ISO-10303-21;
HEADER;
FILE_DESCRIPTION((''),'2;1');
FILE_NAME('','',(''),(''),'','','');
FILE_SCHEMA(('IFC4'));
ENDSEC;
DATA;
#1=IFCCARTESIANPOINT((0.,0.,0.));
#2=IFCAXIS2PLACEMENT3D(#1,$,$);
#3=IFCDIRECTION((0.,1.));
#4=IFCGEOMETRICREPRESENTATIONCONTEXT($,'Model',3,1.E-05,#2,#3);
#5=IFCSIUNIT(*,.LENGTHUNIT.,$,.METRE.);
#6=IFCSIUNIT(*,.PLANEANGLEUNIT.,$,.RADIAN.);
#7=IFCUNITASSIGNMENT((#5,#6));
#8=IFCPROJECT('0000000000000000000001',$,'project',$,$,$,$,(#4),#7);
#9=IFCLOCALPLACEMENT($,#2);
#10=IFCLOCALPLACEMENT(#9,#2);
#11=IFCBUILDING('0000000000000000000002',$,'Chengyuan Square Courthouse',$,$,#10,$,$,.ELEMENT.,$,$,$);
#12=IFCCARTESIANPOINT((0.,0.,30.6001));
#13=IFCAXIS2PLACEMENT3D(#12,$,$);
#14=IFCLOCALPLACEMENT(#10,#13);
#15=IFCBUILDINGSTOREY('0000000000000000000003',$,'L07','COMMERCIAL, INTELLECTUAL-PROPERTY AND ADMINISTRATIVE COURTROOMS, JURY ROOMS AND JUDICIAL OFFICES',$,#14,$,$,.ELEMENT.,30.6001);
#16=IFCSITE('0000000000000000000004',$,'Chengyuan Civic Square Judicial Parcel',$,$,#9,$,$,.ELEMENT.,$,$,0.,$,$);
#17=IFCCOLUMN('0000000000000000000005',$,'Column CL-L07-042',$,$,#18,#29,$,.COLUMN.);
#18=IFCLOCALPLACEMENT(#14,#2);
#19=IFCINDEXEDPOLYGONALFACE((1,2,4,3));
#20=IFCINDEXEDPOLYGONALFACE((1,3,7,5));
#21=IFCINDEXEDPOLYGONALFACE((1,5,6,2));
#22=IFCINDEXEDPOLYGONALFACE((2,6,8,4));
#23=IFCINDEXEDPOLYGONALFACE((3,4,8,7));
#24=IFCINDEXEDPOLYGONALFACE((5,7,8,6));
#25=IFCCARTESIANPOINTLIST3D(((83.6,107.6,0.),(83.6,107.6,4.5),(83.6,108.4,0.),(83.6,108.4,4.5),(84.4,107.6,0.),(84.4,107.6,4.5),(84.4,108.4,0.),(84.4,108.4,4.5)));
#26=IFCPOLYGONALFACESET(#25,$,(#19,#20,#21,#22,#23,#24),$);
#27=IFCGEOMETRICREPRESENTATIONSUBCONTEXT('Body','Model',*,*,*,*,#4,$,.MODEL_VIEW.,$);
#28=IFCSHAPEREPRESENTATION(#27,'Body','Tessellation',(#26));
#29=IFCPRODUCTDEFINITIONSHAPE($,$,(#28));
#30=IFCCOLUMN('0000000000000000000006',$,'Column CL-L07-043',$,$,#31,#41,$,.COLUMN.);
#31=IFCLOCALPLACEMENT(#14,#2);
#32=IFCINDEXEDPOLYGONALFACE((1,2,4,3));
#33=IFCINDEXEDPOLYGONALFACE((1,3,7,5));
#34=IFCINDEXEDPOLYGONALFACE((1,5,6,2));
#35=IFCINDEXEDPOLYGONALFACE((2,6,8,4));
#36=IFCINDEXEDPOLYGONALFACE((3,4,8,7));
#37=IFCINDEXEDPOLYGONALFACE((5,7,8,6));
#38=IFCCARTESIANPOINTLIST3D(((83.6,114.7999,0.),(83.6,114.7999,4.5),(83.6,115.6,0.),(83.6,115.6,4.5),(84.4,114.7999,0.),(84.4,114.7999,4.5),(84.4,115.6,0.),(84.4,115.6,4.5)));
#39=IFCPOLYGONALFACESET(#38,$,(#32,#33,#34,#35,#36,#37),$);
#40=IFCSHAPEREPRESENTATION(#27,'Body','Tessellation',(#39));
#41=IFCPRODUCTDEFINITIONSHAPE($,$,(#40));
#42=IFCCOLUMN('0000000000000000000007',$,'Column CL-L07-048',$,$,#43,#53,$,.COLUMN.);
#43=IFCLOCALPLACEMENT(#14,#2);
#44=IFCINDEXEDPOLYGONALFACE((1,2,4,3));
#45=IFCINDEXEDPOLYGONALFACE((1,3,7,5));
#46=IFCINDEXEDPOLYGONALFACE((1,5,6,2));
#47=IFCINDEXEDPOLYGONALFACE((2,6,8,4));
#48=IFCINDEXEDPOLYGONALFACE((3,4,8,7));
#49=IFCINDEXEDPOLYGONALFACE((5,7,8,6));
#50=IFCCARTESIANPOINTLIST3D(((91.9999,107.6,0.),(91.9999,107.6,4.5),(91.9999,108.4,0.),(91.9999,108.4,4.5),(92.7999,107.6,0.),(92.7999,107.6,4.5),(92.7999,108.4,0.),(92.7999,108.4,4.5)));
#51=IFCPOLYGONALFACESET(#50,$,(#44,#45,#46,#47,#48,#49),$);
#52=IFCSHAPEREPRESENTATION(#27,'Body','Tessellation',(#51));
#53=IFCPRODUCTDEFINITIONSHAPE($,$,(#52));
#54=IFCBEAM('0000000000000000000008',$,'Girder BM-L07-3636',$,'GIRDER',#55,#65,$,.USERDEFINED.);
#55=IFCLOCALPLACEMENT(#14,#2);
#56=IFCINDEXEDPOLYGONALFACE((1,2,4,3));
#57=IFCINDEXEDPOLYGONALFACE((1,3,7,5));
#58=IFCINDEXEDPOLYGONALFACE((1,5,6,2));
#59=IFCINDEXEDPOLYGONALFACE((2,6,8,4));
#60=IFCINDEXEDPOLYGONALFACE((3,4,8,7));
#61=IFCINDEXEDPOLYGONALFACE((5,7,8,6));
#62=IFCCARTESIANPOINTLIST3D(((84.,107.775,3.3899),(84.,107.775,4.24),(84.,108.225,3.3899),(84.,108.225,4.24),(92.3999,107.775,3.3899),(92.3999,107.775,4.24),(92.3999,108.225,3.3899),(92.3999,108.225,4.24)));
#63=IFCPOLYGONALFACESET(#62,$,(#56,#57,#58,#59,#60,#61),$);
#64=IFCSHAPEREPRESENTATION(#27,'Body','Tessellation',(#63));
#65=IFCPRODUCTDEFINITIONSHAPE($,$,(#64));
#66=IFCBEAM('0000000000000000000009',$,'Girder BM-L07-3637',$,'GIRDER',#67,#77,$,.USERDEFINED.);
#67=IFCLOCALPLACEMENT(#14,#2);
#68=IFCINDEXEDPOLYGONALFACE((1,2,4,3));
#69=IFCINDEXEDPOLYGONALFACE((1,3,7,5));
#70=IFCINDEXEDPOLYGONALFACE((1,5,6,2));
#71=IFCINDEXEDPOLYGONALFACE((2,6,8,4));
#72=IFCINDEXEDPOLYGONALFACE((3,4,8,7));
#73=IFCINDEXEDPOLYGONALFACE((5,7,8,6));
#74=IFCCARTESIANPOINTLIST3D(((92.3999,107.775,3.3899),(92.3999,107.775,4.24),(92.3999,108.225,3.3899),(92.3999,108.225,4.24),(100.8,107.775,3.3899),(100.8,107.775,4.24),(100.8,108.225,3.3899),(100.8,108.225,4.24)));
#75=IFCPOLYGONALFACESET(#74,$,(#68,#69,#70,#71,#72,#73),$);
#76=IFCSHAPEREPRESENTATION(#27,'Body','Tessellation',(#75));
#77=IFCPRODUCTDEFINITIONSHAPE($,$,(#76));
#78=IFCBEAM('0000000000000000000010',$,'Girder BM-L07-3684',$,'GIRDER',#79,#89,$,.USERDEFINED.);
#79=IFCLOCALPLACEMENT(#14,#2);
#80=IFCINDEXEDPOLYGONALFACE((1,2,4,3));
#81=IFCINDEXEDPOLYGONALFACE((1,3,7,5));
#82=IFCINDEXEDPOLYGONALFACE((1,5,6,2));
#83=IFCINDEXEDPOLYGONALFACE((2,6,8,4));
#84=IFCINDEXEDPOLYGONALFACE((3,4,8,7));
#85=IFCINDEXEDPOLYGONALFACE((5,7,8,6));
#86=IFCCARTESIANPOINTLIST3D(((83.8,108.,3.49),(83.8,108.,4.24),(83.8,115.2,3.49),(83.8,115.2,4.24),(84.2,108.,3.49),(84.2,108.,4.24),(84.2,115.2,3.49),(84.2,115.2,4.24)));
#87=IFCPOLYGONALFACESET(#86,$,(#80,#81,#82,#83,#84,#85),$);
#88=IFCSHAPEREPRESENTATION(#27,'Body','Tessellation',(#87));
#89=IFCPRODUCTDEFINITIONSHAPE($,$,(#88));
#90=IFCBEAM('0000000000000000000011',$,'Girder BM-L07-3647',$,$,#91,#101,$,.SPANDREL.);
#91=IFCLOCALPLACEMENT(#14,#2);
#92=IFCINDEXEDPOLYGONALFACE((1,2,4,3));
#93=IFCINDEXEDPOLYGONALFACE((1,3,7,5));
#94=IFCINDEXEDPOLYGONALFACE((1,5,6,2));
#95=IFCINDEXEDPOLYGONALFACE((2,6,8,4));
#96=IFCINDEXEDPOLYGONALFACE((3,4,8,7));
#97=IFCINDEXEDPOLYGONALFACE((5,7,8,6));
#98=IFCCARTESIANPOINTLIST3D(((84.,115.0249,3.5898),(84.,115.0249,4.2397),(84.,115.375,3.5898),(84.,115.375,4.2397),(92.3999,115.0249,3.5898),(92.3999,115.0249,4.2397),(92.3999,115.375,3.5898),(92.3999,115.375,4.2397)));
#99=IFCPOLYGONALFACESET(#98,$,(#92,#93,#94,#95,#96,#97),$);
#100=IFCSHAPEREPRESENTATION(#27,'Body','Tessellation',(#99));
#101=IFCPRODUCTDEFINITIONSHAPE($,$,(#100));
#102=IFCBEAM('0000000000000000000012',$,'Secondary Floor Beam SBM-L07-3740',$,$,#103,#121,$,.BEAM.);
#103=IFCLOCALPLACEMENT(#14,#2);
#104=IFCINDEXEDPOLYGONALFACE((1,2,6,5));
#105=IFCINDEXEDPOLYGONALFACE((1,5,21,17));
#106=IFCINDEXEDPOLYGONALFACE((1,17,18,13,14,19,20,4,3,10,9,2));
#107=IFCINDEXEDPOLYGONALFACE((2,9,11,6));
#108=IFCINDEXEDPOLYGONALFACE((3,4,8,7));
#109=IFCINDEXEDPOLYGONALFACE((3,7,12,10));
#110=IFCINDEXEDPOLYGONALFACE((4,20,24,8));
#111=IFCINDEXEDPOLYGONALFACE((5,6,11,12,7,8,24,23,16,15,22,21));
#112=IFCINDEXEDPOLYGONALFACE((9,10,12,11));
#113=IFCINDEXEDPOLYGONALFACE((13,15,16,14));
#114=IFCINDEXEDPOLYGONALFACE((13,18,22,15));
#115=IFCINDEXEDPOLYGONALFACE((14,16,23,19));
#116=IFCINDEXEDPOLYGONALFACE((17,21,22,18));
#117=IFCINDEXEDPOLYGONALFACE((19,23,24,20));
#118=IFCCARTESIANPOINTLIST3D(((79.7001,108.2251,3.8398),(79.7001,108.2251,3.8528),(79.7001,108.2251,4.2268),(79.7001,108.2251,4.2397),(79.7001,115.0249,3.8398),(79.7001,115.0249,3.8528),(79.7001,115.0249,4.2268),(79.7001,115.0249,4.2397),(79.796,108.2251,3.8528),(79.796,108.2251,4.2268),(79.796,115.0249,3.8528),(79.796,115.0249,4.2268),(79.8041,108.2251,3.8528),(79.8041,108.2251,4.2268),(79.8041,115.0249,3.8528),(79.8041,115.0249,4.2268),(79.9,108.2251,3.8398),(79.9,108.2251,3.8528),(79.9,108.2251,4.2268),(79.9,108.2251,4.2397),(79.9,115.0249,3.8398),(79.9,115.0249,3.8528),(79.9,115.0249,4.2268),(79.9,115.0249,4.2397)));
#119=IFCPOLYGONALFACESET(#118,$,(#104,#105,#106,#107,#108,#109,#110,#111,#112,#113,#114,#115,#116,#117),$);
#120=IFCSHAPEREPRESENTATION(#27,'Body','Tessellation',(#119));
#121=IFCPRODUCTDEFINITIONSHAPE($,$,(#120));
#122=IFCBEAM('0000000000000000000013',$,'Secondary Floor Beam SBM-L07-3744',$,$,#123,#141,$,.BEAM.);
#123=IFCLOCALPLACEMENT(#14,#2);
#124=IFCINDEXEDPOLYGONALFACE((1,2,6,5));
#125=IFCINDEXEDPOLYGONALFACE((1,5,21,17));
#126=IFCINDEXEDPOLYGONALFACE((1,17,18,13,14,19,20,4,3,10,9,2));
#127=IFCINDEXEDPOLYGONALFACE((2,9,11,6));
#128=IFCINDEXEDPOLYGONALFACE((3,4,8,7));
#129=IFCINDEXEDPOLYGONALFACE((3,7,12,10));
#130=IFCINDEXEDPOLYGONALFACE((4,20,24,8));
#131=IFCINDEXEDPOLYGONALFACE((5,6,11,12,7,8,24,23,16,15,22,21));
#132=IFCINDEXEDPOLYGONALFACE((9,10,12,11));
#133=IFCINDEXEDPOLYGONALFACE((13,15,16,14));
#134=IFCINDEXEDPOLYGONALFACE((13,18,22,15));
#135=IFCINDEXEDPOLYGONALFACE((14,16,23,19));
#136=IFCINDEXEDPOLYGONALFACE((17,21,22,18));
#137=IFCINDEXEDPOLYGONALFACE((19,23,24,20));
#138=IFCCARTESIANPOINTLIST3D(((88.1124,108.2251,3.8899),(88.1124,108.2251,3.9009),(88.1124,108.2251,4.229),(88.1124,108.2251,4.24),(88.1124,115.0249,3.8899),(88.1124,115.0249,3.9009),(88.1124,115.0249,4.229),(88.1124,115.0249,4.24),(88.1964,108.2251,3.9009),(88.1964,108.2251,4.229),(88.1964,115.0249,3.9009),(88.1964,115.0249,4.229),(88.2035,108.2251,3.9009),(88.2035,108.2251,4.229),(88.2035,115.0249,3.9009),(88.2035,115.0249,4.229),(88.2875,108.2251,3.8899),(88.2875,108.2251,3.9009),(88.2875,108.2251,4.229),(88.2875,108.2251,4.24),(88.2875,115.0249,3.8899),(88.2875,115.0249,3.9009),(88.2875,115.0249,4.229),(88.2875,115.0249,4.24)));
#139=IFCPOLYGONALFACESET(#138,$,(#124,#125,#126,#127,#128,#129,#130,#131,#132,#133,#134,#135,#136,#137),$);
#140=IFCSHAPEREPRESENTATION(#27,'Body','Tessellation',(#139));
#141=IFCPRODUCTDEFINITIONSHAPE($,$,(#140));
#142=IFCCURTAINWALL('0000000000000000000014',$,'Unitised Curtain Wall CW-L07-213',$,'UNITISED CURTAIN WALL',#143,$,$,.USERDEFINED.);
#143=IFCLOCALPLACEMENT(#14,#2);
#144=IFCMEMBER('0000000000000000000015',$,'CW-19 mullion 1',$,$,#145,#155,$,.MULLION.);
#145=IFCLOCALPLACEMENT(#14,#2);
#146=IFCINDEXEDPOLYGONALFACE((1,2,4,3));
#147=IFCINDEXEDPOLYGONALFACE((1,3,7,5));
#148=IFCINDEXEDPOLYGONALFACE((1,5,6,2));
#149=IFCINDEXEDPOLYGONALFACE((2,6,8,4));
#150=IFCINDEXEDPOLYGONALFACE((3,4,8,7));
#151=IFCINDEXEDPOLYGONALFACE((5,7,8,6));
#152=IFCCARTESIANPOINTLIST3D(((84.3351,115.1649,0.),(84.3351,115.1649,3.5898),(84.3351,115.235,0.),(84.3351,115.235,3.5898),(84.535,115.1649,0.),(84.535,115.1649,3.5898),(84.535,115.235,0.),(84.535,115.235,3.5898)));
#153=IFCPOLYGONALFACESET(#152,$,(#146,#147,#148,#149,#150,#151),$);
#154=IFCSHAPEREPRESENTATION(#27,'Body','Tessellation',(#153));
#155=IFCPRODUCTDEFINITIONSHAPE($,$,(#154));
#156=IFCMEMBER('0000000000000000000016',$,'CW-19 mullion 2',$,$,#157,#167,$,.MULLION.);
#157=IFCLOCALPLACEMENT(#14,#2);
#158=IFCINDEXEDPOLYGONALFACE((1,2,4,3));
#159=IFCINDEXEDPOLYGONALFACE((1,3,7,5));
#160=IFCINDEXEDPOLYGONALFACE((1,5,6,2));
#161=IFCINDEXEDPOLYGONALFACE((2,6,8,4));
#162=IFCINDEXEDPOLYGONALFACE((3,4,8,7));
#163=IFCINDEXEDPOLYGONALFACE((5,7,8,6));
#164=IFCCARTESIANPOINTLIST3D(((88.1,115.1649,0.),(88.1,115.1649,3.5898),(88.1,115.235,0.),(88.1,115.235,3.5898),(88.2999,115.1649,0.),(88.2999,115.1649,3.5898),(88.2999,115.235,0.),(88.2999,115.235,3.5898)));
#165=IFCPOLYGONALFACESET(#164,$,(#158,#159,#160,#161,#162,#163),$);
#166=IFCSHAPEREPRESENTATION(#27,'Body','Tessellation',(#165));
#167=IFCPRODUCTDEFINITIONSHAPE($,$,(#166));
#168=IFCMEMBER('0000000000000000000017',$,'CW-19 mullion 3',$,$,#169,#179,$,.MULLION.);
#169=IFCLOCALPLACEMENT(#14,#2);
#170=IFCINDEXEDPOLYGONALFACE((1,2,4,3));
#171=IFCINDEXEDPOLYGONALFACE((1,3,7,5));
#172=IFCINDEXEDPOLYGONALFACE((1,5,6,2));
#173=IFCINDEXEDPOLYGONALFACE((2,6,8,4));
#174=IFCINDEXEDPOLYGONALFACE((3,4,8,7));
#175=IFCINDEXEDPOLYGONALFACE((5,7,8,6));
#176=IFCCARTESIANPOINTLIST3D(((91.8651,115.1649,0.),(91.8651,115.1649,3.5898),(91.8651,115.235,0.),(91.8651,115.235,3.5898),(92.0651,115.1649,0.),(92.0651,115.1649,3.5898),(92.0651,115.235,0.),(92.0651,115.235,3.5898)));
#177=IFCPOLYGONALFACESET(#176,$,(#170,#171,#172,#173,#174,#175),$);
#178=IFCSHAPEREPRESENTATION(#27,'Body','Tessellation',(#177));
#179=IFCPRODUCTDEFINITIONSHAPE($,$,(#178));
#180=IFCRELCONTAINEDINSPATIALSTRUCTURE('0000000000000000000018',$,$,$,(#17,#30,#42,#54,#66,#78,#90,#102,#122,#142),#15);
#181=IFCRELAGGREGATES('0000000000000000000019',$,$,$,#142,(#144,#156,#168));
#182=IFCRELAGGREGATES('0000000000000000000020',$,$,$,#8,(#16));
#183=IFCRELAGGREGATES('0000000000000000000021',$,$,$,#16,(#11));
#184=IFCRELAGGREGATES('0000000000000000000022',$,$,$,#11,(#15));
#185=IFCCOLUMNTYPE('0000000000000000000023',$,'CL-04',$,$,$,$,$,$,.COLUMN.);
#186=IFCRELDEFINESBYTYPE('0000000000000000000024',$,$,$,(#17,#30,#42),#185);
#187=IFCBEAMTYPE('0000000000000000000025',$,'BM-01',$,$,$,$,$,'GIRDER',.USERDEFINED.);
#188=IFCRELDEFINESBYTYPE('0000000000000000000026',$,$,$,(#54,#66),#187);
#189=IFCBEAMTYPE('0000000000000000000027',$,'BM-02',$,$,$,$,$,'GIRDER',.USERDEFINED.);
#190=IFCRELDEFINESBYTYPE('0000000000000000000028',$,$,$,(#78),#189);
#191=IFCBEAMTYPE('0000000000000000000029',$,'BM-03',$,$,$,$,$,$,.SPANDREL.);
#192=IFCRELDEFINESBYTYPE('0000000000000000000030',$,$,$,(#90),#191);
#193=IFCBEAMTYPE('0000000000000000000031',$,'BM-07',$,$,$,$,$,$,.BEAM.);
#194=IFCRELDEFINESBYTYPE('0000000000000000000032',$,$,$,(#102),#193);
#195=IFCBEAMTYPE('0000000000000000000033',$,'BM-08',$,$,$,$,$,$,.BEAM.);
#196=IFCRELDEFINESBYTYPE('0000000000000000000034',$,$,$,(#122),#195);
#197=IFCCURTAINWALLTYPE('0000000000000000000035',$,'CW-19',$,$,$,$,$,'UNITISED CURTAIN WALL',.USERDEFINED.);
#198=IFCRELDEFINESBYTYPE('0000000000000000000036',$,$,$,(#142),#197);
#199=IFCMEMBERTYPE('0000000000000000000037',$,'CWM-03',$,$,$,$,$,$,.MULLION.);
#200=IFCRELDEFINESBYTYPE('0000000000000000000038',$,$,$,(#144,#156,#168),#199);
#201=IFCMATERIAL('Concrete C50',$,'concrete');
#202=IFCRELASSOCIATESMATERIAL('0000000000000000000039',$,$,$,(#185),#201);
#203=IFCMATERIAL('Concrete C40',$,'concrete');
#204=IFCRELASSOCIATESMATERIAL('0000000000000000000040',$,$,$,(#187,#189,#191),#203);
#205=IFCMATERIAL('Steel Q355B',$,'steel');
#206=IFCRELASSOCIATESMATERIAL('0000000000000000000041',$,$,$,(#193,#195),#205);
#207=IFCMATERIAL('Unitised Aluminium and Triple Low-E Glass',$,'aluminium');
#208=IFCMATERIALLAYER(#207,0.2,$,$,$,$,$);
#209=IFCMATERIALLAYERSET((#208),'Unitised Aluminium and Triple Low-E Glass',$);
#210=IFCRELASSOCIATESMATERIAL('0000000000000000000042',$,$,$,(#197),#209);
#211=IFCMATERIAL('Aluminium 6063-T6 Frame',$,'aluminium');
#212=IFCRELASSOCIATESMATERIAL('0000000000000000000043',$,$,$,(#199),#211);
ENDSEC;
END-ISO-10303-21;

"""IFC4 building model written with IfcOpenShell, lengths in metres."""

from ifc_helpers import new_model, si_unit, direction, frame, origin, origin_2d, place, context, subcontext, project, spatial, rectangle, i_section, extrude, material, layer, layer_set, material_profile, profile_set, type_object, element, aggregate, save


model = new_model("IFC4")

# Units and contexts
model_context = context("Model", 3, precision=1e-05, world=origin(), true_north=direction((0.0, 1.0)))
body_context = subcontext(model_context, "Body", "Model", "MODEL_VIEW")
ifc_project = project(units=[si_unit("LENGTHUNIT", "METRE"), si_unit("PLANEANGLEUNIT", "RADIAN")], contexts=[model_context])

# Site, building, storey
site_placement = place(None, origin())
site = spatial("IfcSite", under=ifc_project, at=site_placement, Name="Chengyuan Civic Square Judicial Parcel", CompositionType="ELEMENT", RefElevation=0.0)
building_placement = place(site_placement, origin())
building = spatial("IfcBuilding", under=site, at=building_placement, Name="Chengyuan Square Courthouse", CompositionType="ELEMENT")
storey_placement = place(building_placement, frame((0.0, 0.0, 30.6001)))
storey = spatial("IfcBuildingStorey", under=building, at=storey_placement, Name="L07", Description="COMMERCIAL, INTELLECTUAL-PROPERTY AND ADMINISTRATIVE COURTROOMS, JURY ROOMS AND JUDICIAL OFFICES", CompositionType="ELEMENT", Elevation=30.6001)

# Columns
ifc_material_1 = material(Name="Concrete C50", Category="concrete")
ifc_material_profile_1 = material_profile(ifc_material_1, rectangle(XDim=0.8, YDim=0.8, at=origin_2d()), Name="RC-COL-800x800")
ifc_profile_set_1 = profile_set([ifc_material_profile_1], Name="Concrete C50")
column_type = type_object("IfcColumnType", Name="CL-04", PredefinedType="COLUMN", material=ifc_profile_set_1)
for number, where, z_axis, x_axis, name in (
    (1, (84.0, 108.0, 0.0), (0.0, 0.0, 1.0), (1.0, 0.0, 0.0), "Column CL-L07-042"),
    (2, (84.0, 115.2, 0.0), (0.0, 0.0, 1.0), (1.0, 0.0, 0.0), "Column CL-L07-043"),
    (3, (92.3999, 108.0, 0.0), (0.0, 0.0, 1.0), (1.0, 0.0, 0.0), "Column CL-L07-048"),
):
    element("IfcColumn", number, at=place(storey_placement, frame(where, z_axis=z_axis, x_axis=x_axis)), inside=storey, type_object=column_type, Name=name, PredefinedType="COLUMN", context=body_context, shape_type="SweptSolid", body=[
        extrude(rectangle(XDim=0.8, YDim=0.8, at=origin_2d()), origin(), (0.0, 0.0, 1.0), 4.5),
    ])

# Beams
ifc_material_2 = material(Name="Concrete C40", Category="concrete")
ifc_material_profile_2 = material_profile(ifc_material_2, rectangle(XDim=0.45, YDim=0.8501, at=origin_2d()), Name="RC-BM-450x850")
ifc_profile_set_2 = profile_set([ifc_material_profile_2], Name="Concrete C40")
beam_type_1 = type_object("IfcBeamType", Name="BM-01", ElementType="GIRDER", PredefinedType="USERDEFINED", material=ifc_profile_set_2)
beam_1_placement = place(storey_placement, frame((84.0, 108.0, 3.8149), z_axis=(1.0, 0.0, 0.0), x_axis=(0.0, 1.0, 0.0)))
element("IfcBeam", 4, at=beam_1_placement, inside=storey, type_object=beam_type_1, Name="Girder BM-L07-3636", ObjectType="GIRDER", PredefinedType="USERDEFINED", context=body_context, shape_type="SweptSolid", body=[
    extrude(rectangle(XDim=0.45, YDim=0.8501, at=origin_2d()), origin(), (0.0, 0.0, 1.0), 8.3999),
])
beam_2_placement = place(storey_placement, frame((92.3999, 108.0, 3.8149), z_axis=(1.0, 0.0, 0.0), x_axis=(0.0, 1.0, 0.0)))
element("IfcBeam", 5, at=beam_2_placement, inside=storey, type_object=beam_type_1, Name="Girder BM-L07-3637", ObjectType="GIRDER", PredefinedType="USERDEFINED", context=body_context, shape_type="SweptSolid", body=[
    extrude(rectangle(XDim=0.45, YDim=0.8501, at=origin_2d()), origin(), (0.0, 0.0, 1.0), 8.4001),
])
ifc_material_profile_3 = material_profile(ifc_material_2, rectangle(XDim=0.3999, YDim=0.75, at=origin_2d()), Name="RC-BM-400x750")
ifc_profile_set_3 = profile_set([ifc_material_profile_3], Name="Concrete C40")
beam_type_2 = type_object("IfcBeamType", Name="BM-02", ElementType="GIRDER", PredefinedType="USERDEFINED", material=ifc_profile_set_3)
beam_3_placement = place(storey_placement, frame((84.0, 108.0, 3.865), z_axis=(0.0, 1.0, 0.0), x_axis=(-1.0, 0.0, 0.0)))
element("IfcBeam", 6, at=beam_3_placement, inside=storey, type_object=beam_type_2, Name="Girder BM-L07-3684", ObjectType="GIRDER", PredefinedType="USERDEFINED", context=body_context, shape_type="SweptSolid", body=[
    extrude(rectangle(XDim=0.3999, YDim=0.75, at=origin_2d()), origin(), (0.0, 0.0, 1.0), 7.2),
])
ifc_material_profile_4 = material_profile(ifc_material_2, rectangle(XDim=0.3501, YDim=0.6499, at=origin_2d()), Name="RC-BM-350x650")
ifc_profile_set_4 = profile_set([ifc_material_profile_4], Name="Concrete C40")
beam_type_3 = type_object("IfcBeamType", Name="BM-03", PredefinedType="SPANDREL", material=ifc_profile_set_4)
beam_4_placement = place(storey_placement, frame((84.0, 115.2, 3.9148), z_axis=(1.0, 0.0, 0.0), x_axis=(0.0, 1.0, 0.0)))
element("IfcBeam", 7, at=beam_4_placement, inside=storey, type_object=beam_type_3, Name="Girder BM-L07-3647", PredefinedType="SPANDREL", context=body_context, shape_type="SweptSolid", body=[
    extrude(rectangle(XDim=0.3501, YDim=0.6499, at=origin_2d()), origin(), (0.0, 0.0, 1.0), 8.3999),
])
ifc_material_3 = material(Name="Steel Q355B", Category="steel")
ifc_material_profile_5 = material_profile(ifc_material_3, i_section(OverallWidth=0.2, OverallDepth=0.3999, WebThickness=0.0081, FlangeThickness=0.0129, at=origin_2d()), Name="HN 400x200x8x13")
ifc_profile_set_5 = profile_set([ifc_material_profile_5], Name="Steel Q355B")
beam_type_4 = type_object("IfcBeamType", Name="BM-07", PredefinedType="BEAM", material=ifc_profile_set_5)
beam_5_placement = place(storey_placement, frame((79.8, 108.2251, 4.0398), z_axis=(0.0, 1.0, 0.0), x_axis=(-1.0, 0.0, 0.0)))
element("IfcBeam", 8, at=beam_5_placement, inside=storey, type_object=beam_type_4, Name="Secondary Floor Beam SBM-L07-3740", PredefinedType="BEAM", context=body_context, shape_type="SweptSolid", body=[
    extrude(i_section(OverallWidth=0.2, OverallDepth=0.3999, WebThickness=0.0081, FlangeThickness=0.0129, at=origin_2d()), origin(), (0.0, 0.0, 1.0), 6.7998),
])
ifc_material_profile_6 = material_profile(ifc_material_3, i_section(OverallWidth=0.175, OverallDepth=0.3501, WebThickness=0.0071, FlangeThickness=0.011, at=origin_2d()), Name="HN 350x175x7x11")
ifc_profile_set_6 = profile_set([ifc_material_profile_6], Name="Steel Q355B")
beam_type_5 = type_object("IfcBeamType", Name="BM-08", PredefinedType="BEAM", material=ifc_profile_set_6)
beam_6_placement = place(storey_placement, frame((88.2, 108.2251, 4.0649), z_axis=(0.0, 1.0, 0.0), x_axis=(-1.0, 0.0, 0.0)))
element("IfcBeam", 9, at=beam_6_placement, inside=storey, type_object=beam_type_5, Name="Secondary Floor Beam SBM-L07-3744", PredefinedType="BEAM", context=body_context, shape_type="SweptSolid", body=[
    extrude(i_section(OverallWidth=0.175, OverallDepth=0.3501, WebThickness=0.0071, FlangeThickness=0.011, at=origin_2d()), origin(), (0.0, 0.0, 1.0), 6.7998),
])

# Curtain wall, members
ifc_material_4 = material(Name="Unitised Aluminium and Triple Low-E Glass", Category="aluminium")
ifc_layer_1 = layer(ifc_material_4, 0.2)
ifc_layer_set_1 = layer_set([ifc_layer_1], Name="Unitised Aluminium and Triple Low-E Glass")
curtain_wall_type = type_object("IfcCurtainWallType", Name="CW-19", ElementType="UNITISED CURTAIN WALL", PredefinedType="USERDEFINED", material=ifc_layer_set_1)
curtain_wall_placement = place(storey_placement, origin())
curtain_wall = element("IfcCurtainWall", 10, at=curtain_wall_placement, inside=storey, type_object=curtain_wall_type, Name="Unitised Curtain Wall CW-L07-213", ObjectType="UNITISED CURTAIN WALL", PredefinedType="USERDEFINED")
ifc_material_5 = material(Name="Aluminium 6063-T6 Frame", Category="aluminium")
ifc_material_profile_7 = material_profile(ifc_material_5, rectangle(XDim=0.0701, YDim=0.2, at=origin_2d()), Name="CW-MUL-70x200")
ifc_profile_set_7 = profile_set([ifc_material_profile_7], Name="Aluminium 6063-T6 Frame")
member_type_1 = type_object("IfcMemberType", Name="CWM-03", PredefinedType="MULLION", material=ifc_profile_set_7)
member_1_placement = place(storey_placement, frame((84.4351, 115.2, 0.0), z_axis=(0.0, 0.0, 1.0), x_axis=(0.0, 1.0, 0.0)))
member_1 = element("IfcMember", 11, at=member_1_placement, type_object=member_type_1, Name="CW-19 mullion 1", PredefinedType="MULLION", context=body_context, shape_type="SweptSolid", body=[
    extrude(rectangle(XDim=0.0701, YDim=0.2, at=origin_2d()), origin(), (0.0, 0.0, 1.0), 3.5898),
])
member_2_placement = place(storey_placement, frame((88.2, 115.2, 0.0), z_axis=(0.0, 0.0, 1.0), x_axis=(0.0, 1.0, 0.0)))
member_2 = element("IfcMember", 12, at=member_2_placement, type_object=member_type_1, Name="CW-19 mullion 2", PredefinedType="MULLION", context=body_context, shape_type="SweptSolid", body=[
    extrude(rectangle(XDim=0.0701, YDim=0.2, at=origin_2d()), origin(), (0.0, 0.0, 1.0), 3.5898),
])
member_3_placement = place(storey_placement, frame((91.9651, 115.2, 0.0), z_axis=(0.0, 0.0, 1.0), x_axis=(0.0, 1.0, 0.0)))
member_3 = element("IfcMember", 13, at=member_3_placement, type_object=member_type_1, Name="CW-19 mullion 3", PredefinedType="MULLION", context=body_context, shape_type="SweptSolid", body=[
    extrude(rectangle(XDim=0.0701, YDim=0.2, at=origin_2d()), origin(), (0.0, 0.0, 1.0), 3.5898),
])
aggregate(curtain_wall, [member_1, member_2, member_3])

save(model, "model.ifc")
